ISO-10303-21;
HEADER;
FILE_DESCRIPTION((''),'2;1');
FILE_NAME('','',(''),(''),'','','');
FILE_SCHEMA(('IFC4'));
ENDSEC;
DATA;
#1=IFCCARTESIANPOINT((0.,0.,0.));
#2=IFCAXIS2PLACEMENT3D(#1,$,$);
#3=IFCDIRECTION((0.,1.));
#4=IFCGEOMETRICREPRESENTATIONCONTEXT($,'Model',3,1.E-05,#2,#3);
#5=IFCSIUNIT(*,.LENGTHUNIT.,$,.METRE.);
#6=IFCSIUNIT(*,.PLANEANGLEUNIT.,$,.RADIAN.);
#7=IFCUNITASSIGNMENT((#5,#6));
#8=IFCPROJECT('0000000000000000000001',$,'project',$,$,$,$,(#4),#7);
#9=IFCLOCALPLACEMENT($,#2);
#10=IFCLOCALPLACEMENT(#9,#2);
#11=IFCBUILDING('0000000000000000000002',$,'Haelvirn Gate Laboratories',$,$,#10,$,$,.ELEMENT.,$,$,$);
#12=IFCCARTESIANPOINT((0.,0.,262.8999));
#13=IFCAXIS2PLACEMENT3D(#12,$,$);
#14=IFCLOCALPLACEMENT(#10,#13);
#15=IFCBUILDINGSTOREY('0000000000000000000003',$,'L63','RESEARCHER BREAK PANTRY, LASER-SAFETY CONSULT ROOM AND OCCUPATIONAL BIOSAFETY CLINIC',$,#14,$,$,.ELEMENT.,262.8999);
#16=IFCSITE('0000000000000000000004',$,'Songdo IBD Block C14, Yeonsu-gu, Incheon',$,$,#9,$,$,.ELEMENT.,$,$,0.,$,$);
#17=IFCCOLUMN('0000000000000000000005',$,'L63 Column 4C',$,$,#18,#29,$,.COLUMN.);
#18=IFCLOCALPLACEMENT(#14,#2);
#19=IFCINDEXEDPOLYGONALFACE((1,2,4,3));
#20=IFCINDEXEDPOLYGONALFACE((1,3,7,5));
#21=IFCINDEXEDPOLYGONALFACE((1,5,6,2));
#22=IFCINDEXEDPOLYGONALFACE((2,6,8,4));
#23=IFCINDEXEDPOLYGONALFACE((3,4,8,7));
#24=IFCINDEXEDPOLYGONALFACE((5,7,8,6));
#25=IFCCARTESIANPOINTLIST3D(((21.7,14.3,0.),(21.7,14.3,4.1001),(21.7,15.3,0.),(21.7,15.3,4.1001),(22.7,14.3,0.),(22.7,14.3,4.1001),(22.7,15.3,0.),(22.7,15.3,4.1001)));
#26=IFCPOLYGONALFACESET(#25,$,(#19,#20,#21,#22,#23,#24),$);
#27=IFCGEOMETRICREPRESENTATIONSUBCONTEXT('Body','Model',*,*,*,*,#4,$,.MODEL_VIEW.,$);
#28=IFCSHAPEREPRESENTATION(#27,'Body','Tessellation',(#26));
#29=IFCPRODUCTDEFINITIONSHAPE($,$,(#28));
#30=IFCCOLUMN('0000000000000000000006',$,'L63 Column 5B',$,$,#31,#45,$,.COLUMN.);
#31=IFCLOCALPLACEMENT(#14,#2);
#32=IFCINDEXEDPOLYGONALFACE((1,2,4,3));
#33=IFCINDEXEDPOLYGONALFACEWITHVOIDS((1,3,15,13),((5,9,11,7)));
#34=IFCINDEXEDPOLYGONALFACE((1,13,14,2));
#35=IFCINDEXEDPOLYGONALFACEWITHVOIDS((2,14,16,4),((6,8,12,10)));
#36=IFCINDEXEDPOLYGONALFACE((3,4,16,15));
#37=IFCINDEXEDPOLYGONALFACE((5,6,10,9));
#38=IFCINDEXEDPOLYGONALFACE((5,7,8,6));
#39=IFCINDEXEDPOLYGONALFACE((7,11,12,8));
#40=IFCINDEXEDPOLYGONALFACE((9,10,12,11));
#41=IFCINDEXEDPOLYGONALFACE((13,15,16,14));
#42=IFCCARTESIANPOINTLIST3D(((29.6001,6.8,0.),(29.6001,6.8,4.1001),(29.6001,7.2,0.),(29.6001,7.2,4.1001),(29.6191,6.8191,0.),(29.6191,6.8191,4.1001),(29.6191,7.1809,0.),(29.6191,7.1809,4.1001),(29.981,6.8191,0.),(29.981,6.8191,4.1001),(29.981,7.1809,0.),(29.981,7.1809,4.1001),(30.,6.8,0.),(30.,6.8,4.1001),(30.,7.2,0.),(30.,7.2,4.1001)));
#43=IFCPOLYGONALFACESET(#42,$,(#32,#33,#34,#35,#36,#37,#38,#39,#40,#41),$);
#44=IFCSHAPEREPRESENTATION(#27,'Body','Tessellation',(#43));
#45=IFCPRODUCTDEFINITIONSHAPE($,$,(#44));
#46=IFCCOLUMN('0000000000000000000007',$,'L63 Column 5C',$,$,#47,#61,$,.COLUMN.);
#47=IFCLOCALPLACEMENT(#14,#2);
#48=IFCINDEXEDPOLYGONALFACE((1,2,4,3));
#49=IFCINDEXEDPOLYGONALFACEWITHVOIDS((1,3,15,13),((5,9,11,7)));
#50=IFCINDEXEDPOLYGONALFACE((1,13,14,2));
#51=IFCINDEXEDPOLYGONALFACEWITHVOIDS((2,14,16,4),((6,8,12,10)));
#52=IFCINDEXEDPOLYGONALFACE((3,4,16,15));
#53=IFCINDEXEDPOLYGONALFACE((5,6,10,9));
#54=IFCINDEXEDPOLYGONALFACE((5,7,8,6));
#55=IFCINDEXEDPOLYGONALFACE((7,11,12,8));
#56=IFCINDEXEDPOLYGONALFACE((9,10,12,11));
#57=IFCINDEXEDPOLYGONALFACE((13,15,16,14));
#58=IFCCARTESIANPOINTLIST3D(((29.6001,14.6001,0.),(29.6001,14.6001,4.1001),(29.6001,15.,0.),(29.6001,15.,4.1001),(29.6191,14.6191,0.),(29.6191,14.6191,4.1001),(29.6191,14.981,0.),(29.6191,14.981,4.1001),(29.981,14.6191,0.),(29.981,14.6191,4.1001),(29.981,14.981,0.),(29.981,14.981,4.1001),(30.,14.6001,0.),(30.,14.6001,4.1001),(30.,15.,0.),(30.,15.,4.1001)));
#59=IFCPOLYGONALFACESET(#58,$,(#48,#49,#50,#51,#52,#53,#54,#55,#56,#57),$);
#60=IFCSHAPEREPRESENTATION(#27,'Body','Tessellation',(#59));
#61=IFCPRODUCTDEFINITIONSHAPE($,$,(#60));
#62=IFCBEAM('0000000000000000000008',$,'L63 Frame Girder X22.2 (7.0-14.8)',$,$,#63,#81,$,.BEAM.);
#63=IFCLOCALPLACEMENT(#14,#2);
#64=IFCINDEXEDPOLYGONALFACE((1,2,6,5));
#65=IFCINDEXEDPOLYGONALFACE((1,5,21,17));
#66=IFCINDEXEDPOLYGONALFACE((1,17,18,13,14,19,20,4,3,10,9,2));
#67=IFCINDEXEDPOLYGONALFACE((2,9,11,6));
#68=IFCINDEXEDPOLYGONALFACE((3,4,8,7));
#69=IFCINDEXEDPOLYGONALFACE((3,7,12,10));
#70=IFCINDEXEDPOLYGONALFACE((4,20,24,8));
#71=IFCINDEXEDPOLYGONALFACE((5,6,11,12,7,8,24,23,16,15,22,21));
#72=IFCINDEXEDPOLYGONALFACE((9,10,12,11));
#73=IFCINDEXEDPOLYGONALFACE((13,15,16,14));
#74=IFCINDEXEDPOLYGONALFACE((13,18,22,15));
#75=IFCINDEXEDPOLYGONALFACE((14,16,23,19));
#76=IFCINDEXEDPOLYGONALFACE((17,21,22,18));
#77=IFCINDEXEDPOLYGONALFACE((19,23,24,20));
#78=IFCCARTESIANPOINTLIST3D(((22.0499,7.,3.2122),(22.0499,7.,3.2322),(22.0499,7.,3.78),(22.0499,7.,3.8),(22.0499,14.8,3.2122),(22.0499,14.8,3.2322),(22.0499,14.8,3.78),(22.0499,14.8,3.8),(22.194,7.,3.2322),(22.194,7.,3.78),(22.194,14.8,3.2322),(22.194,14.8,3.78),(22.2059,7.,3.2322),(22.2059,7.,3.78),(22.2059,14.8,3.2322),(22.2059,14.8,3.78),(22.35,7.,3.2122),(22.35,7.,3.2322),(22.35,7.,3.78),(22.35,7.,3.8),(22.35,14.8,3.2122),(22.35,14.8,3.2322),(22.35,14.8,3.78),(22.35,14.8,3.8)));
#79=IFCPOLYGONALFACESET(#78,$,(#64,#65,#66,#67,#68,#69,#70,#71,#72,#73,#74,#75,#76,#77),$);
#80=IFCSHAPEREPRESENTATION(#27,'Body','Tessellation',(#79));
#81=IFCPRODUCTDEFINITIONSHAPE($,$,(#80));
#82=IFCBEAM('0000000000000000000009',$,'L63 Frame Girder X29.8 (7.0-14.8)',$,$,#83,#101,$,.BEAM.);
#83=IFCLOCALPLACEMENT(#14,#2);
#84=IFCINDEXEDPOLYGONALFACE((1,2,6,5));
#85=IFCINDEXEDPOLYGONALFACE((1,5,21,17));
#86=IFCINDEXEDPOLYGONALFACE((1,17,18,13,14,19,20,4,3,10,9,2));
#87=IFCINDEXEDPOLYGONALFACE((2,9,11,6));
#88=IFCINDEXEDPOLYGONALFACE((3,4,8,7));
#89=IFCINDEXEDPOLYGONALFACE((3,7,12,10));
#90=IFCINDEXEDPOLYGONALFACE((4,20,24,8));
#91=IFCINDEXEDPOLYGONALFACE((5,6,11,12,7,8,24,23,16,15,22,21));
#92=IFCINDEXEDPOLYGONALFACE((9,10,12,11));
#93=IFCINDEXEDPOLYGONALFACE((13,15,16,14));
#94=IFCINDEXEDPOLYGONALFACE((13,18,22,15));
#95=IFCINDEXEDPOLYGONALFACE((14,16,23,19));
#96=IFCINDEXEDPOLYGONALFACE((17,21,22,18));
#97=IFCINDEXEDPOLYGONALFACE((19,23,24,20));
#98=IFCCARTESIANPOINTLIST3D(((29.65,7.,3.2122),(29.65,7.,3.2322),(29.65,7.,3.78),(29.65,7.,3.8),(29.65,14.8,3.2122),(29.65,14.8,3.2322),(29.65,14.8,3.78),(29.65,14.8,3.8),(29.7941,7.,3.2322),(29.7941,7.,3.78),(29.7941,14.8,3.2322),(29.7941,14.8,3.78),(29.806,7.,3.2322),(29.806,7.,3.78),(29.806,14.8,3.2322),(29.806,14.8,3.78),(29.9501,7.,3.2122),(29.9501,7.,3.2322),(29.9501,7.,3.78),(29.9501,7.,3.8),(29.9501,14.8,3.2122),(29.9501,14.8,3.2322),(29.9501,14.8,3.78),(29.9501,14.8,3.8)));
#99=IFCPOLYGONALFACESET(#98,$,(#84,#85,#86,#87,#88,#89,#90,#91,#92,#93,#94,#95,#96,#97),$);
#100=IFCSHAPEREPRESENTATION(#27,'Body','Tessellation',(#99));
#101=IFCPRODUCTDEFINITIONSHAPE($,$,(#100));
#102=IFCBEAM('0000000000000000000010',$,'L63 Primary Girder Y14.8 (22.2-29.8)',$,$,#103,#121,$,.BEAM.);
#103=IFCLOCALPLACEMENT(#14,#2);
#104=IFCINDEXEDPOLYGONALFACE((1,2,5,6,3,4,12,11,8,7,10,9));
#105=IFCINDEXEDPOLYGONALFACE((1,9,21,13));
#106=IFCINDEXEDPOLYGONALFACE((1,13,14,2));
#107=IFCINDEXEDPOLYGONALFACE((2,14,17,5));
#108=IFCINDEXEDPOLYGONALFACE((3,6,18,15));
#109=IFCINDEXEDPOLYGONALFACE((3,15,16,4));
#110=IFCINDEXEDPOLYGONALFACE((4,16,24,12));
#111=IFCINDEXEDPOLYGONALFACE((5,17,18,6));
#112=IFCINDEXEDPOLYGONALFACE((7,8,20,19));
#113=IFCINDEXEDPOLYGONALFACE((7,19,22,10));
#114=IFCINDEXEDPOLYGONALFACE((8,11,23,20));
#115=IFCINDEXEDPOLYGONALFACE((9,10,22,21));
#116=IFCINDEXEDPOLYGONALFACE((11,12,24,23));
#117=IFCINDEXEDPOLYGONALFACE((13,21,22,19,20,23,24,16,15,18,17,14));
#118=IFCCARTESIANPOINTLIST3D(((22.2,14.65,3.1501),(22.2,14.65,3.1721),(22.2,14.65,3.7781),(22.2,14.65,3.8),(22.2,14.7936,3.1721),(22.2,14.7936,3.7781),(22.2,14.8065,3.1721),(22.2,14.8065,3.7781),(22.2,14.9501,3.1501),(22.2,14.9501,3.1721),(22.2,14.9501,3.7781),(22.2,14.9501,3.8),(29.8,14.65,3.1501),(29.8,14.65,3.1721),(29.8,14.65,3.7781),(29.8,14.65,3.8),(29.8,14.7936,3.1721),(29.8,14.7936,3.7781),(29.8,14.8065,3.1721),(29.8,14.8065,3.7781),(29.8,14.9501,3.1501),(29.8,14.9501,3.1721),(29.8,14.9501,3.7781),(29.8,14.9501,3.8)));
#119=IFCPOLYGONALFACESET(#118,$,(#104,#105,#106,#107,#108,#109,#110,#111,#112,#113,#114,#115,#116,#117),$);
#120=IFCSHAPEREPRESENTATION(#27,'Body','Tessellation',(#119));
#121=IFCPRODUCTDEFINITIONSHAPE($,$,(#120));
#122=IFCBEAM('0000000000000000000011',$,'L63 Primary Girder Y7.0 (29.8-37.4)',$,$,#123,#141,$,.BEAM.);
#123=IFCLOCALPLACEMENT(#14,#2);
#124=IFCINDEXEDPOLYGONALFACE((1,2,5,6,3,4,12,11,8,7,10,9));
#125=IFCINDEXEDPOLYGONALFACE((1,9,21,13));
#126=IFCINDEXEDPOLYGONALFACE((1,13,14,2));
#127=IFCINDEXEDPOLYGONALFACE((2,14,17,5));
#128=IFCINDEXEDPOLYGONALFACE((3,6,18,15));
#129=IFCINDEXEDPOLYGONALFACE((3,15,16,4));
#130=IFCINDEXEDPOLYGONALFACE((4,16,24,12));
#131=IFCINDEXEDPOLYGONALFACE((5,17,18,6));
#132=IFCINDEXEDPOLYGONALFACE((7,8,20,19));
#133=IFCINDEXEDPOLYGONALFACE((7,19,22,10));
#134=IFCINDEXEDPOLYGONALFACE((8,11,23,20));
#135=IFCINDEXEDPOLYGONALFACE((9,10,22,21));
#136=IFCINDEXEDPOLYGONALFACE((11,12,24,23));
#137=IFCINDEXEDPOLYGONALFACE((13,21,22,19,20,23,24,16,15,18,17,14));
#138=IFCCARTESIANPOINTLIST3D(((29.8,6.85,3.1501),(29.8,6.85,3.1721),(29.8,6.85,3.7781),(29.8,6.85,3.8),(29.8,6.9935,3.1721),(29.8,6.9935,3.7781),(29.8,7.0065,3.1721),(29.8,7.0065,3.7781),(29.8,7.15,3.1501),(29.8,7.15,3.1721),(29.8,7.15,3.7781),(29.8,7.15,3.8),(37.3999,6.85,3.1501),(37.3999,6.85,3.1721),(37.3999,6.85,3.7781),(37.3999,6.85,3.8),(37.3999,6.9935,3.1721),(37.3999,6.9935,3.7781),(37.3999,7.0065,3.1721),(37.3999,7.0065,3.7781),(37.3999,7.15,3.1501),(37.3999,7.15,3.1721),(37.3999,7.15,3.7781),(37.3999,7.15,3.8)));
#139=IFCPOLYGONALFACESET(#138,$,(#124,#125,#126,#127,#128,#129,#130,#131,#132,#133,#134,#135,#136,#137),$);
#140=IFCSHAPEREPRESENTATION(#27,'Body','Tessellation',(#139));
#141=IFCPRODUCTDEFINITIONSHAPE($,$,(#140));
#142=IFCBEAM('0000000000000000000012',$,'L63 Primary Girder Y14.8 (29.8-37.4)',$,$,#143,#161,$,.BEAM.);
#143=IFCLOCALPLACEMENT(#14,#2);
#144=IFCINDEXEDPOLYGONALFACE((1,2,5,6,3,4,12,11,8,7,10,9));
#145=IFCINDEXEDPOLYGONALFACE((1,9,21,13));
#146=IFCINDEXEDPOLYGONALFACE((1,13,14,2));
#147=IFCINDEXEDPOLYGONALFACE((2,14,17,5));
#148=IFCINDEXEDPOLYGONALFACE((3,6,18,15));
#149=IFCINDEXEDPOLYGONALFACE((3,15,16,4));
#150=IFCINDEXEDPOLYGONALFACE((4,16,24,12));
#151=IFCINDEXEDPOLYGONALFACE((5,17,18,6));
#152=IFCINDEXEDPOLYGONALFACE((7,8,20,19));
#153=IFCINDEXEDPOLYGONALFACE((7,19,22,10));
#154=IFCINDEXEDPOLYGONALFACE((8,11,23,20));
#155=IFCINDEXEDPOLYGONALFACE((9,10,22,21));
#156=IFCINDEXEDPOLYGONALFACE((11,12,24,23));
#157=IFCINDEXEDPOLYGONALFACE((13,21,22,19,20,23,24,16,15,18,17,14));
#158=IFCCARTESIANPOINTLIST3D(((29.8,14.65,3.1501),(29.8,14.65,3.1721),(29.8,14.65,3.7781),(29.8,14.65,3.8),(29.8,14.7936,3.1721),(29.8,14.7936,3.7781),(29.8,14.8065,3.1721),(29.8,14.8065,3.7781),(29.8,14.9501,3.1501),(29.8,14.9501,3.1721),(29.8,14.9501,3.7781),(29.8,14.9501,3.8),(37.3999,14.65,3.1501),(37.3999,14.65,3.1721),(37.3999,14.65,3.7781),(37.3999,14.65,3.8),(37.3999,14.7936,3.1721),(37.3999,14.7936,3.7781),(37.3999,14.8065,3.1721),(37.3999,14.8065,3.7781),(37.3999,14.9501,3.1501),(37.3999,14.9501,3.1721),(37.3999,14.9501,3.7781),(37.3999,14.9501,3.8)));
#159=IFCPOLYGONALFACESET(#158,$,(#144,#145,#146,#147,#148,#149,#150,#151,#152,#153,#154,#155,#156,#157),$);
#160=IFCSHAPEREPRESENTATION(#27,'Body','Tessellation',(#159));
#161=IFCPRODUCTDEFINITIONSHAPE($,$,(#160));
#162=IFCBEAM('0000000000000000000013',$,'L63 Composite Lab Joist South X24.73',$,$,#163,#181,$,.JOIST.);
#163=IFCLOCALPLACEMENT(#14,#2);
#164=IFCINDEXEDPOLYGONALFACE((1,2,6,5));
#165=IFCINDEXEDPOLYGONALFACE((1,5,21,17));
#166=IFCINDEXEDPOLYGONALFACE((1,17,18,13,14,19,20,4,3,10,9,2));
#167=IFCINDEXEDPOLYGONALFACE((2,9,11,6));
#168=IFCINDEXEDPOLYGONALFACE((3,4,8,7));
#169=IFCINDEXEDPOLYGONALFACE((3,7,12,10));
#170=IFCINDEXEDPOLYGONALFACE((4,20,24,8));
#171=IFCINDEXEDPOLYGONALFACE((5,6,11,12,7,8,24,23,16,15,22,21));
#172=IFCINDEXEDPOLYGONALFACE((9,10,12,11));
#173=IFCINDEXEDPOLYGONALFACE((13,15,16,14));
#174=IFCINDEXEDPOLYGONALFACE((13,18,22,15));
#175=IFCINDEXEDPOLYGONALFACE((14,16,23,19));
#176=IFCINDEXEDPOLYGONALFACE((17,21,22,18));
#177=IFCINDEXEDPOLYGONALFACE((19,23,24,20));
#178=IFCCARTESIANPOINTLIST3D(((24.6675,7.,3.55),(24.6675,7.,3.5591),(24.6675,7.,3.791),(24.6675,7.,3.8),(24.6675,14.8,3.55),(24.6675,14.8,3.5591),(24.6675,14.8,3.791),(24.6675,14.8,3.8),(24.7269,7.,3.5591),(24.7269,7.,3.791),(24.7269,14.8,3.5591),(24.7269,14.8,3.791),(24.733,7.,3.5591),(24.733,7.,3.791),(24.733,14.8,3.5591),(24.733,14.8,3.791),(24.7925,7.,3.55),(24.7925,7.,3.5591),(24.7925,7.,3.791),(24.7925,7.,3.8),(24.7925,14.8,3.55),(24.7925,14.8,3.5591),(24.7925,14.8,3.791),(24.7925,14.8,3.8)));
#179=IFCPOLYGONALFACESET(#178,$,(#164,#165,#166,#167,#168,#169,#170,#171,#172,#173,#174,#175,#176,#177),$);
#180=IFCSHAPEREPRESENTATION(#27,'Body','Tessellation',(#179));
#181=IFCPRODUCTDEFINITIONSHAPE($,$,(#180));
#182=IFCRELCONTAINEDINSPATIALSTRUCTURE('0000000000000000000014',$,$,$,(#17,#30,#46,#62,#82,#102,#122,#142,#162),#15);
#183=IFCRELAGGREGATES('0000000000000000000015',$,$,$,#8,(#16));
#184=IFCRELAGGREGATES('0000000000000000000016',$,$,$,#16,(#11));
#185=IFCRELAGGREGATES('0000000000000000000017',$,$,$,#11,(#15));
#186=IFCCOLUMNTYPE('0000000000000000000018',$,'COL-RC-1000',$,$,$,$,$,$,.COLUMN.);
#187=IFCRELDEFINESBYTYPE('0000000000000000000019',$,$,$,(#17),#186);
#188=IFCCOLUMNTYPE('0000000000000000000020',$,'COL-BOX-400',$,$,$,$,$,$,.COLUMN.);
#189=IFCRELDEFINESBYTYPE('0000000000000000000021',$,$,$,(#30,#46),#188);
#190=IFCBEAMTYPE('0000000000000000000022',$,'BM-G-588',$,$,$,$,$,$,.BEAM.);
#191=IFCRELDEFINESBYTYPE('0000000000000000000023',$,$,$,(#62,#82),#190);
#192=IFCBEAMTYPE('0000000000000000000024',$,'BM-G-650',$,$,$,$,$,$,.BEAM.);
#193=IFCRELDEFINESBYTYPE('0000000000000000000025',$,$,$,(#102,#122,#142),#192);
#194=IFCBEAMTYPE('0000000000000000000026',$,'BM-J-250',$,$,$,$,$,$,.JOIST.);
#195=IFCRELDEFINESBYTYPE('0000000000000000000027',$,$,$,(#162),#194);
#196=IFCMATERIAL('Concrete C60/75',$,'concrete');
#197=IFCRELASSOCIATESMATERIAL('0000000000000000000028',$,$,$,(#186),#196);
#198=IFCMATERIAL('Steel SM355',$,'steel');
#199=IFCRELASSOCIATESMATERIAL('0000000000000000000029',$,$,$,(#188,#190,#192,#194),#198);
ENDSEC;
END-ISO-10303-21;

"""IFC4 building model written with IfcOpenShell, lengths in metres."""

from ifc_helpers import new_model, si_unit, direction, frame, origin, origin_2d, place, context, subcontext, project, spatial, rectangle, hollow_rectangle, i_section, extrude, source, transform, mapped, material, material_profile, profile_set, type_object, type_shapes, element, save


model = new_model("IFC4")

# Units and contexts
model_context = context("Model", 3, precision=1e-05, world=origin(), true_north=direction((0.0, 1.0)))
body_context = subcontext(model_context, "Body", "Model", "MODEL_VIEW")
ifc_project = project(units=[si_unit("LENGTHUNIT", "METRE"), si_unit("PLANEANGLEUNIT", "RADIAN")], contexts=[model_context])

# Site, building, storey
site_placement = place(None, origin())
site = spatial("IfcSite", under=ifc_project, at=site_placement, Name="Songdo IBD Block C14, Yeonsu-gu, Incheon", CompositionType="ELEMENT", RefElevation=0.0)
building_placement = place(site_placement, origin())
building = spatial("IfcBuilding", under=site, at=building_placement, Name="Haelvirn Gate Laboratories", CompositionType="ELEMENT")
storey_placement = place(building_placement, frame((0.0, 0.0, 262.8999)))
storey = spatial("IfcBuildingStorey", under=building, at=storey_placement, Name="L63", Description="RESEARCHER BREAK PANTRY, LASER-SAFETY CONSULT ROOM AND OCCUPATIONAL BIOSAFETY CLINIC", CompositionType="ELEMENT", Elevation=262.8999)

# Columns
ifc_material_1 = material(Name="Concrete C60/75", Category="concrete")
ifc_material_profile_1 = material_profile(ifc_material_1, rectangle(XDim=1.0, YDim=1.0, at=origin_2d()), Name="RC-1000x1000")
ifc_profile_set_1 = profile_set([ifc_material_profile_1], Name="Concrete C60/75")
column_type_1 = type_object("IfcColumnType", Name="COL-RC-1000", PredefinedType="COLUMN", material=ifc_profile_set_1)
shared_shape_1 = source(origin(), body_context, "Body", "SweptSolid", [
    extrude(rectangle(XDim=1.0, YDim=1.0, at=origin_2d()), origin(), (0.0, 0.0, 1.0), 4.1001),
])
type_shapes(column_type_1, [shared_shape_1])
column_placement = place(storey_placement, frame((22.2, 14.8, 0.0), z_axis=(0.0, 0.0, 1.0), x_axis=(1.0, 0.0, 0.0)))
element("IfcColumn", 1, at=column_placement, inside=storey, type_object=column_type_1, Name="L63 Column 4C", PredefinedType="COLUMN", context=body_context, shape_type="MappedRepresentation", body=[
    mapped(shared_shape_1, transform((0.0, 0.0, 0.0), scale=1.0)),
])
ifc_material_2 = material(Name="Steel SM355", Category="steel")
ifc_material_profile_2 = material_profile(ifc_material_2, hollow_rectangle(XDim=0.3999, YDim=0.3999, WallThickness=0.019, at=origin_2d()), Name="BOX-400x400x19")
ifc_profile_set_2 = profile_set([ifc_material_profile_2], Name="Steel SM355")
column_type_2 = type_object("IfcColumnType", Name="COL-BOX-400", PredefinedType="COLUMN", material=ifc_profile_set_2)
shared_shape_2 = source(origin(), body_context, "Body", "SweptSolid", [
    extrude(hollow_rectangle(XDim=0.3999, YDim=0.3999, WallThickness=0.019, at=origin_2d()), origin(), (0.0, 0.0, 1.0), 4.1001),
])
type_shapes(column_type_2, [shared_shape_2])
for number, where, z_axis, x_axis, name in (
    (2, (29.8, 7.0, 0.0), (0.0, 0.0, 1.0), (1.0, 0.0, 0.0), "L63 Column 5B"),
    (3, (29.8, 14.8, 0.0), (0.0, 0.0, 1.0), (1.0, 0.0, 0.0), "L63 Column 5C"),
):
    element("IfcColumn", number, at=place(storey_placement, frame(where, z_axis=z_axis, x_axis=x_axis)), inside=storey, type_object=column_type_2, Name=name, PredefinedType="COLUMN", context=body_context, shape_type="MappedRepresentation", body=[
        mapped(shared_shape_2, transform((0.0, 0.0, 0.0), scale=1.0)),
    ])

# Beams
ifc_material_profile_3 = material_profile(ifc_material_2, i_section(OverallWidth=0.3, OverallDepth=0.5879, WebThickness=0.012, FlangeThickness=0.02, at=origin_2d()), Name="H-588x300x12x20")
ifc_profile_set_3 = profile_set([ifc_material_profile_3], Name="Steel SM355")
beam_type_1 = type_object("IfcBeamType", Name="BM-G-588", PredefinedType="BEAM", material=ifc_profile_set_3)
shared_shape_3 = source(origin(), body_context, "Body", "SweptSolid", [
    extrude(i_section(OverallWidth=0.3, OverallDepth=0.5879, WebThickness=0.012, FlangeThickness=0.02, at=origin_2d()), origin(), (0.0, 0.0, 1.0), 7.8),
])
type_shapes(beam_type_1, [shared_shape_3])
for number, where, z_axis, x_axis, name in (
    (4, (22.2, 7.0, 3.5061), (0.0, 1.0, 0.0), (-1.0, 0.0, 0.0), "L63 Frame Girder X22.2 (7.0-14.8)"),
    (5, (29.8, 7.0, 3.5061), (0.0, 1.0, 0.0), (-1.0, 0.0, 0.0), "L63 Frame Girder X29.8 (7.0-14.8)"),
):
    element("IfcBeam", number, at=place(storey_placement, frame(where, z_axis=z_axis, x_axis=x_axis)), inside=storey, type_object=beam_type_1, Name=name, PredefinedType="BEAM", context=body_context, shape_type="MappedRepresentation", body=[
        mapped(shared_shape_3, transform((0.0, 0.0, 0.0), scale=1.0)),
    ])
ifc_material_profile_4 = material_profile(ifc_material_2, i_section(OverallWidth=0.3, OverallDepth=0.6499, WebThickness=0.0129, FlangeThickness=0.022, at=origin_2d()), Name="H-650x300x13x22")
ifc_profile_set_4 = profile_set([ifc_material_profile_4], Name="Steel SM355")
beam_type_2 = type_object("IfcBeamType", Name="BM-G-650", PredefinedType="BEAM", material=ifc_profile_set_4)
shared_shape_4 = source(origin(), body_context, "Body", "SweptSolid", [
    extrude(i_section(OverallWidth=0.3, OverallDepth=0.6499, WebThickness=0.0129, FlangeThickness=0.022, at=origin_2d()), origin(), (0.0, 0.0, 1.0), 7.6001),
])
beam_placement = place(storey_placement, frame((22.2, 14.8, 3.4751), z_axis=(1.0, 0.0, 0.0), x_axis=(0.0, 1.0, 0.0)))
element("IfcBeam", 6, at=beam_placement, inside=storey, type_object=beam_type_2, Name="L63 Primary Girder Y14.8 (22.2-29.8)", PredefinedType="BEAM", context=body_context, shape_type="MappedRepresentation", body=[
    mapped(shared_shape_4, transform((0.0, 0.0, 0.0), scale=1.0)),
])
shared_shape_5 = source(origin(), body_context, "Body", "SweptSolid", [
    extrude(i_section(OverallWidth=0.3, OverallDepth=0.6499, WebThickness=0.0129, FlangeThickness=0.022, at=origin_2d()), origin(), (0.0, 0.0, 1.0), 7.5999),
])
type_shapes(beam_type_2, [shared_shape_4, shared_shape_5])
for number, where, z_axis, x_axis, name in (
    (7, (29.8, 7.0, 3.4751), (1.0, 0.0, 0.0), (0.0, 1.0, 0.0), "L63 Primary Girder Y7.0 (29.8-37.4)"),
    (8, (29.8, 14.8, 3.4751), (1.0, 0.0, 0.0), (0.0, 1.0, 0.0), "L63 Primary Girder Y14.8 (29.8-37.4)"),
):
    element("IfcBeam", number, at=place(storey_placement, frame(where, z_axis=z_axis, x_axis=x_axis)), inside=storey, type_object=beam_type_2, Name=name, PredefinedType="BEAM", context=body_context, shape_type="MappedRepresentation", body=[
        mapped(shared_shape_5, transform((0.0, 0.0, 0.0), scale=1.0)),
    ])
ifc_material_profile_5 = material_profile(ifc_material_2, i_section(OverallWidth=0.125, OverallDepth=0.25, WebThickness=0.0061, FlangeThickness=0.009, at=origin_2d()), Name="H-250x125x6x9")
ifc_profile_set_5 = profile_set([ifc_material_profile_5], Name="Steel SM355")
beam_type_3 = type_object("IfcBeamType", Name="BM-J-250", PredefinedType="JOIST", material=ifc_profile_set_5)
shared_shape_6 = source(origin(), body_context, "Body", "SweptSolid", [
    extrude(i_section(OverallWidth=0.125, OverallDepth=0.25, WebThickness=0.0061, FlangeThickness=0.009, at=origin_2d()), origin(), (0.0, 0.0, 1.0), 7.8),
])
type_shapes(beam_type_3, [shared_shape_6])
for number, where, z_axis, x_axis, name in (
    (9, (24.73, 7.0, 3.675), (0.0, 1.0, 0.0), (-1.0, 0.0, 0.0), "L63 Composite Lab Joist South X24.73"),
):
    element("IfcBeam", number, at=place(storey_placement, frame(where, z_axis=z_axis, x_axis=x_axis)), inside=storey, type_object=beam_type_3, Name=name, PredefinedType="JOIST", context=body_context, shape_type="MappedRepresentation", body=[
        mapped(shared_shape_6, transform((0.0, 0.0, 0.0), scale=1.0)),
    ])

save(model, "model.ifc")
